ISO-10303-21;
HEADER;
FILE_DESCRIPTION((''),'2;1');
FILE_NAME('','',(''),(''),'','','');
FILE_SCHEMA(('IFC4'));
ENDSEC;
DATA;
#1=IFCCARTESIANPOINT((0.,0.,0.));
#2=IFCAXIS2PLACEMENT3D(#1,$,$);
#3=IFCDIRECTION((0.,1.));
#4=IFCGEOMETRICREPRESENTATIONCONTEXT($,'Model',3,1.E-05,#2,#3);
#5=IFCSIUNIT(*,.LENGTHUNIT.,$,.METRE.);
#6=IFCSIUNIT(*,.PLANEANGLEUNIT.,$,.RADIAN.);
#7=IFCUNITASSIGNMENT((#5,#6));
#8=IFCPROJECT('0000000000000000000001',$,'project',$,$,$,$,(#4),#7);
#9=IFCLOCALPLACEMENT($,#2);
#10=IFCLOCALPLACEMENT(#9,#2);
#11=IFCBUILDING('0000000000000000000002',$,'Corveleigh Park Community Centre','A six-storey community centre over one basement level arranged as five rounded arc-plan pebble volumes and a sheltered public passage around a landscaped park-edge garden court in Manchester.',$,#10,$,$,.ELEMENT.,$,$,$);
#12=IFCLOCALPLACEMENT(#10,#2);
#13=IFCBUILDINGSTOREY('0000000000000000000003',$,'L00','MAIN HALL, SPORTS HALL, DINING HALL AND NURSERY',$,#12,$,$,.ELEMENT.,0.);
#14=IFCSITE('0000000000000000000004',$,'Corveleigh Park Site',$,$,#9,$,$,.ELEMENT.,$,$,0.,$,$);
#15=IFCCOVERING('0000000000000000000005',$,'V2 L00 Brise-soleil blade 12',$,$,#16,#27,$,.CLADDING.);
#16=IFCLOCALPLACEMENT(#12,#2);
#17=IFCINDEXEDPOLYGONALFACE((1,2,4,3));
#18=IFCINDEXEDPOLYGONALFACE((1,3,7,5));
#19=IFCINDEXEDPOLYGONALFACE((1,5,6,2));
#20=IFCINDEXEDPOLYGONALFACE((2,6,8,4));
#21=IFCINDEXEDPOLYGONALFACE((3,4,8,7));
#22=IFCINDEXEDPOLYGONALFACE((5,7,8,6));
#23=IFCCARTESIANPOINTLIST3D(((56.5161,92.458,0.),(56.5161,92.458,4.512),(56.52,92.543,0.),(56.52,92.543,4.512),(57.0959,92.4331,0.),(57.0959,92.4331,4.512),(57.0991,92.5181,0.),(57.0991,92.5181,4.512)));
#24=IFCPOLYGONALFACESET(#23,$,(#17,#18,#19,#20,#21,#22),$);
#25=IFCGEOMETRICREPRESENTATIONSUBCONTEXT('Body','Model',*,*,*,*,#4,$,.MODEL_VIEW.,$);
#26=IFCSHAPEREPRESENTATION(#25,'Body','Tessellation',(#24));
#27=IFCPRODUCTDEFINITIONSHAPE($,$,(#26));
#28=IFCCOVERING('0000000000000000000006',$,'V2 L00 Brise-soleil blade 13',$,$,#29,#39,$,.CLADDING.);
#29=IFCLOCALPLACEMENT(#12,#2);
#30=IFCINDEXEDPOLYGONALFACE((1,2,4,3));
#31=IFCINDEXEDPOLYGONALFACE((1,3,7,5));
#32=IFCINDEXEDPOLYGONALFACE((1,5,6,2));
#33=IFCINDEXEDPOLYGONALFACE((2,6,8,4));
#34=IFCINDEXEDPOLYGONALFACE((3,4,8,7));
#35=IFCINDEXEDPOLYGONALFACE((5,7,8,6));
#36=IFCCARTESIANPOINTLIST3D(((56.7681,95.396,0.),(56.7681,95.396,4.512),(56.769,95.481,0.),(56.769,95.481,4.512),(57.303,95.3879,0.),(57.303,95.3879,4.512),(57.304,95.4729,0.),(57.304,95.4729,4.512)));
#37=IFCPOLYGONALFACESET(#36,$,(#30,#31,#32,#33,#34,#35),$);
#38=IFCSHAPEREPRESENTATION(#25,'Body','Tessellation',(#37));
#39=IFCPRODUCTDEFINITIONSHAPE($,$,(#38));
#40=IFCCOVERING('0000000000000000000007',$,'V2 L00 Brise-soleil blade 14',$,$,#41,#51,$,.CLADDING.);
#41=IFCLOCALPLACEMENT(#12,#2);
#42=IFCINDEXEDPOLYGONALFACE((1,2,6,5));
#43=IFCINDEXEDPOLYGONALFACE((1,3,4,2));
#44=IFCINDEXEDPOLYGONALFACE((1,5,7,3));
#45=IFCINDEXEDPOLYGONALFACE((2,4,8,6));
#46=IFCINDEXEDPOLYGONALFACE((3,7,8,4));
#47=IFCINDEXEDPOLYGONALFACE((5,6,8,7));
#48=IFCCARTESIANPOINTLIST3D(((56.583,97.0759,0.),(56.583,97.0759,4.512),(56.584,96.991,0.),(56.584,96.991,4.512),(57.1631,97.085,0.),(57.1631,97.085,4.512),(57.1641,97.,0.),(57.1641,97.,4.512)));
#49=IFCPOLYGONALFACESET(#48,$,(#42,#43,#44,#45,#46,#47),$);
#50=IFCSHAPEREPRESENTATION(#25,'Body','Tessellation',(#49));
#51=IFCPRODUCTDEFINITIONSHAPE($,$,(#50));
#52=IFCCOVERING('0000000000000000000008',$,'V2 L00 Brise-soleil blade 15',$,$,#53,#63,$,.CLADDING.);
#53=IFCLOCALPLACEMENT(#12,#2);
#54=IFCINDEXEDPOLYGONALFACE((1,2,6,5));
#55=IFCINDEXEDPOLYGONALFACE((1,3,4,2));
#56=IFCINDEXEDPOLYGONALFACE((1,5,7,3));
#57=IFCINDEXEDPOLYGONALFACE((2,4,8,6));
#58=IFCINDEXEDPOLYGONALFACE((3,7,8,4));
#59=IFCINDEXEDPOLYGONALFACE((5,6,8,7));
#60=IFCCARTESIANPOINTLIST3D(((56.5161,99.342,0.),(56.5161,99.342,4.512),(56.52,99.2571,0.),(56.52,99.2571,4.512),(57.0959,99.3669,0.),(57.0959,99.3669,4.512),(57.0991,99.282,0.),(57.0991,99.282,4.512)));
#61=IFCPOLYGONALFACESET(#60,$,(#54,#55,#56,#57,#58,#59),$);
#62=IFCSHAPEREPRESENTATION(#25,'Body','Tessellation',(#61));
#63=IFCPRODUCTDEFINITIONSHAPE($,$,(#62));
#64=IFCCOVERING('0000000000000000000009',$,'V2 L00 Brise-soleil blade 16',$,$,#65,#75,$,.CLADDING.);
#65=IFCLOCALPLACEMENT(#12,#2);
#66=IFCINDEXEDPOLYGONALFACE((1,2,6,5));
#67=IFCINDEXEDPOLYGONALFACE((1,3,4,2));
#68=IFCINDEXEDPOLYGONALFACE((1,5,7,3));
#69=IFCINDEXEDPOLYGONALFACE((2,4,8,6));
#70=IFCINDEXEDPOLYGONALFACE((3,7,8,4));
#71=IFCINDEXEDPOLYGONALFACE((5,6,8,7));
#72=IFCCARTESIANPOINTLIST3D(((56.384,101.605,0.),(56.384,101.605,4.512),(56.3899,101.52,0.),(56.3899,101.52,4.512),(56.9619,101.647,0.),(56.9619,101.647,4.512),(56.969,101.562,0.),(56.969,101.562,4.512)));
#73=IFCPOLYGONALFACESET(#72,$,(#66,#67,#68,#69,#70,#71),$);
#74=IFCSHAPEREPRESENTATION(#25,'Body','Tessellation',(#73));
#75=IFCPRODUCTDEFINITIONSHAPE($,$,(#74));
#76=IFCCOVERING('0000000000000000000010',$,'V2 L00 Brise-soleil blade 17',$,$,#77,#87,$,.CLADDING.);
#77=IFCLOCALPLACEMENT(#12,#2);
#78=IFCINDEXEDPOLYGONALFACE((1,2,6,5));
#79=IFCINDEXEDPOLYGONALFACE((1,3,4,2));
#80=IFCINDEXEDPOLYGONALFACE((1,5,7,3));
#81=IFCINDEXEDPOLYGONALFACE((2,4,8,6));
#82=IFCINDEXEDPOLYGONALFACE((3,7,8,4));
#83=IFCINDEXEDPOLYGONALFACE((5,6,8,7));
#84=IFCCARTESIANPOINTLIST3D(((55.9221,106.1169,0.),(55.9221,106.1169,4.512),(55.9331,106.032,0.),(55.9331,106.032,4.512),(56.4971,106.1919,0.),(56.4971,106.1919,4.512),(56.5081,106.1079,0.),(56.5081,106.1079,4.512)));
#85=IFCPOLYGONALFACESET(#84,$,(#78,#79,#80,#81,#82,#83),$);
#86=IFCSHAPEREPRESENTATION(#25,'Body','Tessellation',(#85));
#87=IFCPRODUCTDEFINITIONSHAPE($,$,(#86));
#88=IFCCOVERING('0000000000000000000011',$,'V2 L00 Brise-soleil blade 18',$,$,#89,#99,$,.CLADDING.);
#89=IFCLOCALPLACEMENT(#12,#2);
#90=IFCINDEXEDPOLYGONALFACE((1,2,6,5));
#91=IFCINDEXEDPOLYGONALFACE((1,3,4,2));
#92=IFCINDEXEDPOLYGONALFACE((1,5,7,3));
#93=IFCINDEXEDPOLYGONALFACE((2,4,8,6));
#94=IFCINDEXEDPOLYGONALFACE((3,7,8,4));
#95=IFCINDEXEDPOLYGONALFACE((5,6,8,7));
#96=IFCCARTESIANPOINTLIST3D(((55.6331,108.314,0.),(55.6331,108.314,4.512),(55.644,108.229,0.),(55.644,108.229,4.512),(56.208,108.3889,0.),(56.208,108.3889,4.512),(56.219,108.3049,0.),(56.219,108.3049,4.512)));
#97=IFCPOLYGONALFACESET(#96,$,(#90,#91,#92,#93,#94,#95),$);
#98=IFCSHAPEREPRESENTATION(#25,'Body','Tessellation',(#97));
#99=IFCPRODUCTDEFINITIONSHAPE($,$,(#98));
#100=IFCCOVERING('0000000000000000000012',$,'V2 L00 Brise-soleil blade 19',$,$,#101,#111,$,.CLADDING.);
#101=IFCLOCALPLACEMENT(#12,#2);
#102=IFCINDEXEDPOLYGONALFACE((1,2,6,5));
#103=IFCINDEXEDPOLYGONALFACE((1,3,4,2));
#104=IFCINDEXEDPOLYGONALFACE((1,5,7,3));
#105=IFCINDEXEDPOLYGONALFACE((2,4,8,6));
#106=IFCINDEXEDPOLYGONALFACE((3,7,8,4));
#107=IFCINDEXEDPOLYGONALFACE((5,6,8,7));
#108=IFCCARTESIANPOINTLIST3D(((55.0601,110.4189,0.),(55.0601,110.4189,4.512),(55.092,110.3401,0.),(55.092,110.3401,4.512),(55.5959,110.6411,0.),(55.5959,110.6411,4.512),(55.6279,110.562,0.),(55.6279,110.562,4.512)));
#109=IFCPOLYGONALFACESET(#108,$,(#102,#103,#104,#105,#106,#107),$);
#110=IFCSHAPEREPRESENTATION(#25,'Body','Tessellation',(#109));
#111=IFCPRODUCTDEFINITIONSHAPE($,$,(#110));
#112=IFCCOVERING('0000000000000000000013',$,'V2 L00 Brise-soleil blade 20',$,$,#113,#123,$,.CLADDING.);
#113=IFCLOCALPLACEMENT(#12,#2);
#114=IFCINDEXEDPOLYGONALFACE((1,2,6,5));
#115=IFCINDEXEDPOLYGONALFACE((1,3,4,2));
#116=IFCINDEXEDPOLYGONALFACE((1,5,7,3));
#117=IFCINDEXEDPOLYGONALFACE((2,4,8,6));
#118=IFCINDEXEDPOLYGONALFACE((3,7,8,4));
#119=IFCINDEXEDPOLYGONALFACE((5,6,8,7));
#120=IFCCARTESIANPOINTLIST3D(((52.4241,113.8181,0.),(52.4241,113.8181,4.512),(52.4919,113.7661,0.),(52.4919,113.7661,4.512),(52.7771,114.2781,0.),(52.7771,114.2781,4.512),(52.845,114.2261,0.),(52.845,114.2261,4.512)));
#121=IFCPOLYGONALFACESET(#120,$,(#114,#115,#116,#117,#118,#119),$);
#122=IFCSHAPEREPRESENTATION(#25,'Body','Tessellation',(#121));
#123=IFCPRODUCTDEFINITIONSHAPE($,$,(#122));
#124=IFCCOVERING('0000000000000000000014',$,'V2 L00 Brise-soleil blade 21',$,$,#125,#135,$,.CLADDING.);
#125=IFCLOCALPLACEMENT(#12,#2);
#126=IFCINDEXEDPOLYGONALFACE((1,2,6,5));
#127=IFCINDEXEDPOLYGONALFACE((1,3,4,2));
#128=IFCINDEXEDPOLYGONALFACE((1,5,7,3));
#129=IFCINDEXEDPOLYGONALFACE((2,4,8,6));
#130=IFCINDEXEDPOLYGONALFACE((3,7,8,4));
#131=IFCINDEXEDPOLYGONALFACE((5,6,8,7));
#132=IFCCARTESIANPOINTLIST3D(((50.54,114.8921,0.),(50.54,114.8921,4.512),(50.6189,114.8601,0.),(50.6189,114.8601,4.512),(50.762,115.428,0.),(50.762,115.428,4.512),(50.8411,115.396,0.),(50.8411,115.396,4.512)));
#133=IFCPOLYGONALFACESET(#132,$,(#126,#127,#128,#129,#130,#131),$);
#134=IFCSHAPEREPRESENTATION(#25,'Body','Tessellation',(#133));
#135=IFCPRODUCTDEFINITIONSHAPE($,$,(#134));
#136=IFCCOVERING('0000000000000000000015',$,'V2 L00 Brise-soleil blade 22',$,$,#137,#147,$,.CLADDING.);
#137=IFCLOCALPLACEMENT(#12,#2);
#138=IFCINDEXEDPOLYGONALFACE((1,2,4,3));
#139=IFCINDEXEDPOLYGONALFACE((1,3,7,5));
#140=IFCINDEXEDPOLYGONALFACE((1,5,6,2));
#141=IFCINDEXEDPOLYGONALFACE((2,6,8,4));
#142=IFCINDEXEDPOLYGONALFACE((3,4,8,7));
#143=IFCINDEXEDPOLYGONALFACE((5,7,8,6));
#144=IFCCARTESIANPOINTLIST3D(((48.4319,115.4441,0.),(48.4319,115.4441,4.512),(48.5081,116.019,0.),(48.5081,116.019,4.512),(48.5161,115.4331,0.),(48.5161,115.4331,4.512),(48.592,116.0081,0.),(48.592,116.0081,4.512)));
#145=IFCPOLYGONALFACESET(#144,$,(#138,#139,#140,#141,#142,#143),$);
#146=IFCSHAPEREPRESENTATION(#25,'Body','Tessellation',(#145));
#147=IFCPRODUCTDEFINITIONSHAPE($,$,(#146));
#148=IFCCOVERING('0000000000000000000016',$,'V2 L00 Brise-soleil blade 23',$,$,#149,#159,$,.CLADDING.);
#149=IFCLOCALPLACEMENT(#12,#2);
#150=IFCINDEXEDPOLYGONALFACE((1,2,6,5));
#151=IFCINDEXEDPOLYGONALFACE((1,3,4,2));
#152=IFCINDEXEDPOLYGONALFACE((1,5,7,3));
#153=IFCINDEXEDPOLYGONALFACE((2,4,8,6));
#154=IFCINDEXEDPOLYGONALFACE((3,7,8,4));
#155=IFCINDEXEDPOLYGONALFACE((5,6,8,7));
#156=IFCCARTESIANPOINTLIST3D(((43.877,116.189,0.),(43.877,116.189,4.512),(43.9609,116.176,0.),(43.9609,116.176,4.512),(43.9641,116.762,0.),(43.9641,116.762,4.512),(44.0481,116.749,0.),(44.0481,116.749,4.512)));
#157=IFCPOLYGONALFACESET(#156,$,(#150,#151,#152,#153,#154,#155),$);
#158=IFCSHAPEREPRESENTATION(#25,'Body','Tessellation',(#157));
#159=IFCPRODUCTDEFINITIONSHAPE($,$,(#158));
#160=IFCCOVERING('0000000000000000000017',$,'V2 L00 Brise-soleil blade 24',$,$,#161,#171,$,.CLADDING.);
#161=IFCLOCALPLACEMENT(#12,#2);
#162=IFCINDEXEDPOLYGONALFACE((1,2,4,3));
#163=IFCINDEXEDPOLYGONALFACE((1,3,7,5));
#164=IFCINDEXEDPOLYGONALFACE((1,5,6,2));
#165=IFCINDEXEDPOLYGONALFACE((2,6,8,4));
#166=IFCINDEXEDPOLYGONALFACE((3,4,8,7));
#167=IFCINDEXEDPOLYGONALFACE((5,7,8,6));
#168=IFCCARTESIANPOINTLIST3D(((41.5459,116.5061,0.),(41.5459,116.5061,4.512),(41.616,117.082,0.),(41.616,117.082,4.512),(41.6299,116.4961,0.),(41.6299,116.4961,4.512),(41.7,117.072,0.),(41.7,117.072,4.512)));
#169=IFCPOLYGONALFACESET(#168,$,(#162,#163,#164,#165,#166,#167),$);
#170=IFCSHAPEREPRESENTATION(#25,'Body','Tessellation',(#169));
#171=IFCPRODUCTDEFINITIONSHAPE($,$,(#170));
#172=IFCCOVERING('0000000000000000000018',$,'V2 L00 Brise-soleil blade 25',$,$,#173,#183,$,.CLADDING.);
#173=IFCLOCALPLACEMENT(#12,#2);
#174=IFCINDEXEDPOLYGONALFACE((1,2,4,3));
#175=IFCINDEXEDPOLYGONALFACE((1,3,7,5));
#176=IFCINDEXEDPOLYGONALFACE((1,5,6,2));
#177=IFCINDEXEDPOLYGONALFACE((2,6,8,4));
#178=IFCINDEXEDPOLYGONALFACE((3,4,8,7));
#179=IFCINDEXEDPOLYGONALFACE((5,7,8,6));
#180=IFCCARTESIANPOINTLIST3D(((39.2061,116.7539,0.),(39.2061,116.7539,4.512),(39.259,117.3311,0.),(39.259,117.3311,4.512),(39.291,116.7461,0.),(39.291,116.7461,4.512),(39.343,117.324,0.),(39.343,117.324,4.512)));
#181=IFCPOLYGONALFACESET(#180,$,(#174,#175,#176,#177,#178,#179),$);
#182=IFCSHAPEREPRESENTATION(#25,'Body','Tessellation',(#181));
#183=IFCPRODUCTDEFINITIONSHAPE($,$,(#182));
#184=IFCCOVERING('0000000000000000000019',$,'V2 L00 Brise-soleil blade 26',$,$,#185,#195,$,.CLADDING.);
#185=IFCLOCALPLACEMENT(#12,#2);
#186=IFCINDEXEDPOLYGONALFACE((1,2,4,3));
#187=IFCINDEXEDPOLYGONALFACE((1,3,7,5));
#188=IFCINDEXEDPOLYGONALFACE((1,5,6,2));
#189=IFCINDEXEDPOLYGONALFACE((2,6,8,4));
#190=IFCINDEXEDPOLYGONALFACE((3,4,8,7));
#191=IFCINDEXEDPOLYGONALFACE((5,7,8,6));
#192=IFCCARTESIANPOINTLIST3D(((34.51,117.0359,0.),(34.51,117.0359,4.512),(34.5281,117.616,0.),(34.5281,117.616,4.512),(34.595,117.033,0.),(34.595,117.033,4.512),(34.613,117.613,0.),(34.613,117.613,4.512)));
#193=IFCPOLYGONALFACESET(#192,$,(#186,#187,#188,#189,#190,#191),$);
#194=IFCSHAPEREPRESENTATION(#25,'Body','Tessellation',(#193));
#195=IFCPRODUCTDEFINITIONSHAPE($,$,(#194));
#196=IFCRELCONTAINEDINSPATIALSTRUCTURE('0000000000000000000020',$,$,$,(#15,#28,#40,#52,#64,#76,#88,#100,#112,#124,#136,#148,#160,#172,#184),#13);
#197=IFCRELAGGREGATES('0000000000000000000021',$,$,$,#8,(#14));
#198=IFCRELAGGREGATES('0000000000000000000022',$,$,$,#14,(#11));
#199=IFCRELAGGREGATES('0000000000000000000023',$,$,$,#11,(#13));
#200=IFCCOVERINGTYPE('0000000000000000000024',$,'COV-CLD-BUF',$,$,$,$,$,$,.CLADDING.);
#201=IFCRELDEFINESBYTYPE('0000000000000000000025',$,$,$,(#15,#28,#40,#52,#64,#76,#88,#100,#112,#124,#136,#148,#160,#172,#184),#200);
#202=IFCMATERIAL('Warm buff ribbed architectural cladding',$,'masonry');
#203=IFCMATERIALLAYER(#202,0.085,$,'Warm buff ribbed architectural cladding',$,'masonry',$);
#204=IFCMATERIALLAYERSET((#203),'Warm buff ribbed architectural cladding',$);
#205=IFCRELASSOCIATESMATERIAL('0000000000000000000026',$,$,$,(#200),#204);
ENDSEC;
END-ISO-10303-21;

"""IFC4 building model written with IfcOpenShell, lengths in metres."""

from ifc_helpers import new_model, si_unit, direction, origin, place, context, subcontext, project, spatial, polyline, outline, extrude, material, layer, layer_set, type_object, element, save


model = new_model("IFC4")

# Units and contexts
model_context = context("Model", 3, precision=1e-05, world=origin(), true_north=direction((0.0, 1.0)))
body_context = subcontext(model_context, "Body", "Model", "MODEL_VIEW")
ifc_project = project(units=[si_unit("LENGTHUNIT", "METRE"), si_unit("PLANEANGLEUNIT", "RADIAN")], contexts=[model_context])

# Site, building, storey
site_placement = place(None, origin())
site = spatial("IfcSite", under=ifc_project, at=site_placement, Name="Corveleigh Park Site", CompositionType="ELEMENT", RefElevation=0.0)
building_placement = place(site_placement, origin())
building = spatial("IfcBuilding", under=site, at=building_placement, Name="Corveleigh Park Community Centre", Description="A six-storey community centre over one basement level arranged as five rounded arc-plan pebble volumes and a sheltered public passage around a landscaped park-edge garden court in Manchester.", CompositionType="ELEMENT")
storey_placement = place(building_placement, origin())
storey = spatial("IfcBuildingStorey", under=building, at=storey_placement, Name="L00", Description="MAIN HALL, SPORTS HALL, DINING HALL AND NURSERY", CompositionType="ELEMENT", Elevation=0.0)

# Coverings
ifc_material = material(Name="Warm buff ribbed architectural cladding", Category="masonry")
ifc_layer = layer(ifc_material, 0.085, Name="Warm buff ribbed architectural cladding", Category="masonry")
ifc_layer_set = layer_set([ifc_layer], Name="Warm buff ribbed architectural cladding")
covering_type = type_object("IfcCoveringType", Name="COV-CLD-BUF", PredefinedType="CLADDING", material=ifc_layer_set)
covering_1_placement = place(storey_placement, origin())
element("IfcCovering", 1, at=covering_1_placement, inside=storey, type_object=covering_type, Name="V2 L00 Brise-soleil blade 12", PredefinedType="CLADDING", context=body_context, shape_type="SweptSolid", body=[
    extrude(outline(polyline([(56.52, 92.543), (56.5161, 92.458), (57.0959, 92.4331), (57.0991, 92.5181), (56.52, 92.543)])), origin(), (0.0, 0.0, 1.0), 4.512),
])
covering_2_placement = place(storey_placement, origin())
element("IfcCovering", 2, at=covering_2_placement, inside=storey, type_object=covering_type, Name="V2 L00 Brise-soleil blade 13", PredefinedType="CLADDING", context=body_context, shape_type="SweptSolid", body=[
    extrude(outline(polyline([(56.769, 95.481), (56.7681, 95.396), (57.303, 95.3879), (57.304, 95.4729), (56.769, 95.481)])), origin(), (0.0, 0.0, 1.0), 4.512),
])
covering_3_placement = place(storey_placement, origin())
element("IfcCovering", 3, at=covering_3_placement, inside=storey, type_object=covering_type, Name="V2 L00 Brise-soleil blade 14", PredefinedType="CLADDING", context=body_context, shape_type="SweptSolid", body=[
    extrude(outline(polyline([(56.583, 97.0759), (56.584, 96.991), (57.1641, 97.0), (57.1631, 97.085), (56.583, 97.0759)])), origin(), (0.0, 0.0, 1.0), 4.512),
])
covering_4_placement = place(storey_placement, origin())
element("IfcCovering", 4, at=covering_4_placement, inside=storey, type_object=covering_type, Name="V2 L00 Brise-soleil blade 15", PredefinedType="CLADDING", context=body_context, shape_type="SweptSolid", body=[
    extrude(outline(polyline([(56.5161, 99.342), (56.52, 99.2571), (57.0991, 99.282), (57.0959, 99.3669), (56.5161, 99.342)])), origin(), (0.0, 0.0, 1.0), 4.512),
])
covering_5_placement = place(storey_placement, origin())
element("IfcCovering", 5, at=covering_5_placement, inside=storey, type_object=covering_type, Name="V2 L00 Brise-soleil blade 16", PredefinedType="CLADDING", context=body_context, shape_type="SweptSolid", body=[
    extrude(outline(polyline([(56.384, 101.605), (56.3899, 101.52), (56.969, 101.562), (56.9619, 101.647), (56.384, 101.605)])), origin(), (0.0, 0.0, 1.0), 4.512),
])
covering_6_placement = place(storey_placement, origin())
element("IfcCovering", 6, at=covering_6_placement, inside=storey, type_object=covering_type, Name="V2 L00 Brise-soleil blade 17", PredefinedType="CLADDING", context=body_context, shape_type="SweptSolid", body=[
    extrude(outline(polyline([(55.9221, 106.1169), (55.9331, 106.032), (56.5081, 106.1079), (56.4971, 106.1919), (55.9221, 106.1169)])), origin(), (0.0, 0.0, 1.0), 4.512),
])
covering_7_placement = place(storey_placement, origin())
element("IfcCovering", 7, at=covering_7_placement, inside=storey, type_object=covering_type, Name="V2 L00 Brise-soleil blade 18", PredefinedType="CLADDING", context=body_context, shape_type="SweptSolid", body=[
    extrude(outline(polyline([(55.6331, 108.314), (55.644, 108.229), (56.219, 108.3049), (56.208, 108.3889), (55.6331, 108.314)])), origin(), (0.0, 0.0, 1.0), 4.512),
])
covering_8_placement = place(storey_placement, origin())
element("IfcCovering", 8, at=covering_8_placement, inside=storey, type_object=covering_type, Name="V2 L00 Brise-soleil blade 19", PredefinedType="CLADDING", context=body_context, shape_type="SweptSolid", body=[
    extrude(outline(polyline([(55.0601, 110.4189), (55.092, 110.3401), (55.6279, 110.562), (55.5959, 110.6411), (55.0601, 110.4189)])), origin(), (0.0, 0.0, 1.0), 4.512),
])
covering_9_placement = place(storey_placement, origin())
element("IfcCovering", 9, at=covering_9_placement, inside=storey, type_object=covering_type, Name="V2 L00 Brise-soleil blade 20", PredefinedType="CLADDING", context=body_context, shape_type="SweptSolid", body=[
    extrude(outline(polyline([(52.4241, 113.8181), (52.4919, 113.7661), (52.845, 114.2261), (52.7771, 114.2781), (52.4241, 113.8181)])), origin(), (0.0, 0.0, 1.0), 4.512),
])
covering_10_placement = place(storey_placement, origin())
element("IfcCovering", 10, at=covering_10_placement, inside=storey, type_object=covering_type, Name="V2 L00 Brise-soleil blade 21", PredefinedType="CLADDING", context=body_context, shape_type="SweptSolid", body=[
    extrude(outline(polyline([(50.54, 114.8921), (50.6189, 114.8601), (50.8411, 115.396), (50.762, 115.428), (50.54, 114.8921)])), origin(), (0.0, 0.0, 1.0), 4.512),
])
covering_11_placement = place(storey_placement, origin())
element("IfcCovering", 11, at=covering_11_placement, inside=storey, type_object=covering_type, Name="V2 L00 Brise-soleil blade 22", PredefinedType="CLADDING", context=body_context, shape_type="SweptSolid", body=[
    extrude(outline(polyline([(48.4319, 115.4441), (48.5161, 115.4331), (48.592, 116.0081), (48.5081, 116.019), (48.4319, 115.4441)])), origin(), (0.0, 0.0, 1.0), 4.512),
])
covering_12_placement = place(storey_placement, origin())
element("IfcCovering", 12, at=covering_12_placement, inside=storey, type_object=covering_type, Name="V2 L00 Brise-soleil blade 23", PredefinedType="CLADDING", context=body_context, shape_type="SweptSolid", body=[
    extrude(outline(polyline([(43.877, 116.189), (43.9609, 116.176), (44.0481, 116.749), (43.9641, 116.762), (43.877, 116.189)])), origin(), (0.0, 0.0, 1.0), 4.512),
])
covering_13_placement = place(storey_placement, origin())
element("IfcCovering", 13, at=covering_13_placement, inside=storey, type_object=covering_type, Name="V2 L00 Brise-soleil blade 24", PredefinedType="CLADDING", context=body_context, shape_type="SweptSolid", body=[
    extrude(outline(polyline([(41.5459, 116.5061), (41.6299, 116.4961), (41.7, 117.072), (41.616, 117.082), (41.5459, 116.5061)])), origin(), (0.0, 0.0, 1.0), 4.512),
])
covering_14_placement = place(storey_placement, origin())
element("IfcCovering", 14, at=covering_14_placement, inside=storey, type_object=covering_type, Name="V2 L00 Brise-soleil blade 25", PredefinedType="CLADDING", context=body_context, shape_type="SweptSolid", body=[
    extrude(outline(polyline([(39.2061, 116.7539), (39.291, 116.7461), (39.343, 117.324), (39.259, 117.3311), (39.2061, 116.7539)])), origin(), (0.0, 0.0, 1.0), 4.512),
])
covering_15_placement = place(storey_placement, origin())
element("IfcCovering", 15, at=covering_15_placement, inside=storey, type_object=covering_type, Name="V2 L00 Brise-soleil blade 26", PredefinedType="CLADDING", context=body_context, shape_type="SweptSolid", body=[
    extrude(outline(polyline([(34.51, 117.0359), (34.595, 117.033), (34.613, 117.613), (34.5281, 117.616), (34.51, 117.0359)])), origin(), (0.0, 0.0, 1.0), 4.512),
])

save(model, "model.ifc")
